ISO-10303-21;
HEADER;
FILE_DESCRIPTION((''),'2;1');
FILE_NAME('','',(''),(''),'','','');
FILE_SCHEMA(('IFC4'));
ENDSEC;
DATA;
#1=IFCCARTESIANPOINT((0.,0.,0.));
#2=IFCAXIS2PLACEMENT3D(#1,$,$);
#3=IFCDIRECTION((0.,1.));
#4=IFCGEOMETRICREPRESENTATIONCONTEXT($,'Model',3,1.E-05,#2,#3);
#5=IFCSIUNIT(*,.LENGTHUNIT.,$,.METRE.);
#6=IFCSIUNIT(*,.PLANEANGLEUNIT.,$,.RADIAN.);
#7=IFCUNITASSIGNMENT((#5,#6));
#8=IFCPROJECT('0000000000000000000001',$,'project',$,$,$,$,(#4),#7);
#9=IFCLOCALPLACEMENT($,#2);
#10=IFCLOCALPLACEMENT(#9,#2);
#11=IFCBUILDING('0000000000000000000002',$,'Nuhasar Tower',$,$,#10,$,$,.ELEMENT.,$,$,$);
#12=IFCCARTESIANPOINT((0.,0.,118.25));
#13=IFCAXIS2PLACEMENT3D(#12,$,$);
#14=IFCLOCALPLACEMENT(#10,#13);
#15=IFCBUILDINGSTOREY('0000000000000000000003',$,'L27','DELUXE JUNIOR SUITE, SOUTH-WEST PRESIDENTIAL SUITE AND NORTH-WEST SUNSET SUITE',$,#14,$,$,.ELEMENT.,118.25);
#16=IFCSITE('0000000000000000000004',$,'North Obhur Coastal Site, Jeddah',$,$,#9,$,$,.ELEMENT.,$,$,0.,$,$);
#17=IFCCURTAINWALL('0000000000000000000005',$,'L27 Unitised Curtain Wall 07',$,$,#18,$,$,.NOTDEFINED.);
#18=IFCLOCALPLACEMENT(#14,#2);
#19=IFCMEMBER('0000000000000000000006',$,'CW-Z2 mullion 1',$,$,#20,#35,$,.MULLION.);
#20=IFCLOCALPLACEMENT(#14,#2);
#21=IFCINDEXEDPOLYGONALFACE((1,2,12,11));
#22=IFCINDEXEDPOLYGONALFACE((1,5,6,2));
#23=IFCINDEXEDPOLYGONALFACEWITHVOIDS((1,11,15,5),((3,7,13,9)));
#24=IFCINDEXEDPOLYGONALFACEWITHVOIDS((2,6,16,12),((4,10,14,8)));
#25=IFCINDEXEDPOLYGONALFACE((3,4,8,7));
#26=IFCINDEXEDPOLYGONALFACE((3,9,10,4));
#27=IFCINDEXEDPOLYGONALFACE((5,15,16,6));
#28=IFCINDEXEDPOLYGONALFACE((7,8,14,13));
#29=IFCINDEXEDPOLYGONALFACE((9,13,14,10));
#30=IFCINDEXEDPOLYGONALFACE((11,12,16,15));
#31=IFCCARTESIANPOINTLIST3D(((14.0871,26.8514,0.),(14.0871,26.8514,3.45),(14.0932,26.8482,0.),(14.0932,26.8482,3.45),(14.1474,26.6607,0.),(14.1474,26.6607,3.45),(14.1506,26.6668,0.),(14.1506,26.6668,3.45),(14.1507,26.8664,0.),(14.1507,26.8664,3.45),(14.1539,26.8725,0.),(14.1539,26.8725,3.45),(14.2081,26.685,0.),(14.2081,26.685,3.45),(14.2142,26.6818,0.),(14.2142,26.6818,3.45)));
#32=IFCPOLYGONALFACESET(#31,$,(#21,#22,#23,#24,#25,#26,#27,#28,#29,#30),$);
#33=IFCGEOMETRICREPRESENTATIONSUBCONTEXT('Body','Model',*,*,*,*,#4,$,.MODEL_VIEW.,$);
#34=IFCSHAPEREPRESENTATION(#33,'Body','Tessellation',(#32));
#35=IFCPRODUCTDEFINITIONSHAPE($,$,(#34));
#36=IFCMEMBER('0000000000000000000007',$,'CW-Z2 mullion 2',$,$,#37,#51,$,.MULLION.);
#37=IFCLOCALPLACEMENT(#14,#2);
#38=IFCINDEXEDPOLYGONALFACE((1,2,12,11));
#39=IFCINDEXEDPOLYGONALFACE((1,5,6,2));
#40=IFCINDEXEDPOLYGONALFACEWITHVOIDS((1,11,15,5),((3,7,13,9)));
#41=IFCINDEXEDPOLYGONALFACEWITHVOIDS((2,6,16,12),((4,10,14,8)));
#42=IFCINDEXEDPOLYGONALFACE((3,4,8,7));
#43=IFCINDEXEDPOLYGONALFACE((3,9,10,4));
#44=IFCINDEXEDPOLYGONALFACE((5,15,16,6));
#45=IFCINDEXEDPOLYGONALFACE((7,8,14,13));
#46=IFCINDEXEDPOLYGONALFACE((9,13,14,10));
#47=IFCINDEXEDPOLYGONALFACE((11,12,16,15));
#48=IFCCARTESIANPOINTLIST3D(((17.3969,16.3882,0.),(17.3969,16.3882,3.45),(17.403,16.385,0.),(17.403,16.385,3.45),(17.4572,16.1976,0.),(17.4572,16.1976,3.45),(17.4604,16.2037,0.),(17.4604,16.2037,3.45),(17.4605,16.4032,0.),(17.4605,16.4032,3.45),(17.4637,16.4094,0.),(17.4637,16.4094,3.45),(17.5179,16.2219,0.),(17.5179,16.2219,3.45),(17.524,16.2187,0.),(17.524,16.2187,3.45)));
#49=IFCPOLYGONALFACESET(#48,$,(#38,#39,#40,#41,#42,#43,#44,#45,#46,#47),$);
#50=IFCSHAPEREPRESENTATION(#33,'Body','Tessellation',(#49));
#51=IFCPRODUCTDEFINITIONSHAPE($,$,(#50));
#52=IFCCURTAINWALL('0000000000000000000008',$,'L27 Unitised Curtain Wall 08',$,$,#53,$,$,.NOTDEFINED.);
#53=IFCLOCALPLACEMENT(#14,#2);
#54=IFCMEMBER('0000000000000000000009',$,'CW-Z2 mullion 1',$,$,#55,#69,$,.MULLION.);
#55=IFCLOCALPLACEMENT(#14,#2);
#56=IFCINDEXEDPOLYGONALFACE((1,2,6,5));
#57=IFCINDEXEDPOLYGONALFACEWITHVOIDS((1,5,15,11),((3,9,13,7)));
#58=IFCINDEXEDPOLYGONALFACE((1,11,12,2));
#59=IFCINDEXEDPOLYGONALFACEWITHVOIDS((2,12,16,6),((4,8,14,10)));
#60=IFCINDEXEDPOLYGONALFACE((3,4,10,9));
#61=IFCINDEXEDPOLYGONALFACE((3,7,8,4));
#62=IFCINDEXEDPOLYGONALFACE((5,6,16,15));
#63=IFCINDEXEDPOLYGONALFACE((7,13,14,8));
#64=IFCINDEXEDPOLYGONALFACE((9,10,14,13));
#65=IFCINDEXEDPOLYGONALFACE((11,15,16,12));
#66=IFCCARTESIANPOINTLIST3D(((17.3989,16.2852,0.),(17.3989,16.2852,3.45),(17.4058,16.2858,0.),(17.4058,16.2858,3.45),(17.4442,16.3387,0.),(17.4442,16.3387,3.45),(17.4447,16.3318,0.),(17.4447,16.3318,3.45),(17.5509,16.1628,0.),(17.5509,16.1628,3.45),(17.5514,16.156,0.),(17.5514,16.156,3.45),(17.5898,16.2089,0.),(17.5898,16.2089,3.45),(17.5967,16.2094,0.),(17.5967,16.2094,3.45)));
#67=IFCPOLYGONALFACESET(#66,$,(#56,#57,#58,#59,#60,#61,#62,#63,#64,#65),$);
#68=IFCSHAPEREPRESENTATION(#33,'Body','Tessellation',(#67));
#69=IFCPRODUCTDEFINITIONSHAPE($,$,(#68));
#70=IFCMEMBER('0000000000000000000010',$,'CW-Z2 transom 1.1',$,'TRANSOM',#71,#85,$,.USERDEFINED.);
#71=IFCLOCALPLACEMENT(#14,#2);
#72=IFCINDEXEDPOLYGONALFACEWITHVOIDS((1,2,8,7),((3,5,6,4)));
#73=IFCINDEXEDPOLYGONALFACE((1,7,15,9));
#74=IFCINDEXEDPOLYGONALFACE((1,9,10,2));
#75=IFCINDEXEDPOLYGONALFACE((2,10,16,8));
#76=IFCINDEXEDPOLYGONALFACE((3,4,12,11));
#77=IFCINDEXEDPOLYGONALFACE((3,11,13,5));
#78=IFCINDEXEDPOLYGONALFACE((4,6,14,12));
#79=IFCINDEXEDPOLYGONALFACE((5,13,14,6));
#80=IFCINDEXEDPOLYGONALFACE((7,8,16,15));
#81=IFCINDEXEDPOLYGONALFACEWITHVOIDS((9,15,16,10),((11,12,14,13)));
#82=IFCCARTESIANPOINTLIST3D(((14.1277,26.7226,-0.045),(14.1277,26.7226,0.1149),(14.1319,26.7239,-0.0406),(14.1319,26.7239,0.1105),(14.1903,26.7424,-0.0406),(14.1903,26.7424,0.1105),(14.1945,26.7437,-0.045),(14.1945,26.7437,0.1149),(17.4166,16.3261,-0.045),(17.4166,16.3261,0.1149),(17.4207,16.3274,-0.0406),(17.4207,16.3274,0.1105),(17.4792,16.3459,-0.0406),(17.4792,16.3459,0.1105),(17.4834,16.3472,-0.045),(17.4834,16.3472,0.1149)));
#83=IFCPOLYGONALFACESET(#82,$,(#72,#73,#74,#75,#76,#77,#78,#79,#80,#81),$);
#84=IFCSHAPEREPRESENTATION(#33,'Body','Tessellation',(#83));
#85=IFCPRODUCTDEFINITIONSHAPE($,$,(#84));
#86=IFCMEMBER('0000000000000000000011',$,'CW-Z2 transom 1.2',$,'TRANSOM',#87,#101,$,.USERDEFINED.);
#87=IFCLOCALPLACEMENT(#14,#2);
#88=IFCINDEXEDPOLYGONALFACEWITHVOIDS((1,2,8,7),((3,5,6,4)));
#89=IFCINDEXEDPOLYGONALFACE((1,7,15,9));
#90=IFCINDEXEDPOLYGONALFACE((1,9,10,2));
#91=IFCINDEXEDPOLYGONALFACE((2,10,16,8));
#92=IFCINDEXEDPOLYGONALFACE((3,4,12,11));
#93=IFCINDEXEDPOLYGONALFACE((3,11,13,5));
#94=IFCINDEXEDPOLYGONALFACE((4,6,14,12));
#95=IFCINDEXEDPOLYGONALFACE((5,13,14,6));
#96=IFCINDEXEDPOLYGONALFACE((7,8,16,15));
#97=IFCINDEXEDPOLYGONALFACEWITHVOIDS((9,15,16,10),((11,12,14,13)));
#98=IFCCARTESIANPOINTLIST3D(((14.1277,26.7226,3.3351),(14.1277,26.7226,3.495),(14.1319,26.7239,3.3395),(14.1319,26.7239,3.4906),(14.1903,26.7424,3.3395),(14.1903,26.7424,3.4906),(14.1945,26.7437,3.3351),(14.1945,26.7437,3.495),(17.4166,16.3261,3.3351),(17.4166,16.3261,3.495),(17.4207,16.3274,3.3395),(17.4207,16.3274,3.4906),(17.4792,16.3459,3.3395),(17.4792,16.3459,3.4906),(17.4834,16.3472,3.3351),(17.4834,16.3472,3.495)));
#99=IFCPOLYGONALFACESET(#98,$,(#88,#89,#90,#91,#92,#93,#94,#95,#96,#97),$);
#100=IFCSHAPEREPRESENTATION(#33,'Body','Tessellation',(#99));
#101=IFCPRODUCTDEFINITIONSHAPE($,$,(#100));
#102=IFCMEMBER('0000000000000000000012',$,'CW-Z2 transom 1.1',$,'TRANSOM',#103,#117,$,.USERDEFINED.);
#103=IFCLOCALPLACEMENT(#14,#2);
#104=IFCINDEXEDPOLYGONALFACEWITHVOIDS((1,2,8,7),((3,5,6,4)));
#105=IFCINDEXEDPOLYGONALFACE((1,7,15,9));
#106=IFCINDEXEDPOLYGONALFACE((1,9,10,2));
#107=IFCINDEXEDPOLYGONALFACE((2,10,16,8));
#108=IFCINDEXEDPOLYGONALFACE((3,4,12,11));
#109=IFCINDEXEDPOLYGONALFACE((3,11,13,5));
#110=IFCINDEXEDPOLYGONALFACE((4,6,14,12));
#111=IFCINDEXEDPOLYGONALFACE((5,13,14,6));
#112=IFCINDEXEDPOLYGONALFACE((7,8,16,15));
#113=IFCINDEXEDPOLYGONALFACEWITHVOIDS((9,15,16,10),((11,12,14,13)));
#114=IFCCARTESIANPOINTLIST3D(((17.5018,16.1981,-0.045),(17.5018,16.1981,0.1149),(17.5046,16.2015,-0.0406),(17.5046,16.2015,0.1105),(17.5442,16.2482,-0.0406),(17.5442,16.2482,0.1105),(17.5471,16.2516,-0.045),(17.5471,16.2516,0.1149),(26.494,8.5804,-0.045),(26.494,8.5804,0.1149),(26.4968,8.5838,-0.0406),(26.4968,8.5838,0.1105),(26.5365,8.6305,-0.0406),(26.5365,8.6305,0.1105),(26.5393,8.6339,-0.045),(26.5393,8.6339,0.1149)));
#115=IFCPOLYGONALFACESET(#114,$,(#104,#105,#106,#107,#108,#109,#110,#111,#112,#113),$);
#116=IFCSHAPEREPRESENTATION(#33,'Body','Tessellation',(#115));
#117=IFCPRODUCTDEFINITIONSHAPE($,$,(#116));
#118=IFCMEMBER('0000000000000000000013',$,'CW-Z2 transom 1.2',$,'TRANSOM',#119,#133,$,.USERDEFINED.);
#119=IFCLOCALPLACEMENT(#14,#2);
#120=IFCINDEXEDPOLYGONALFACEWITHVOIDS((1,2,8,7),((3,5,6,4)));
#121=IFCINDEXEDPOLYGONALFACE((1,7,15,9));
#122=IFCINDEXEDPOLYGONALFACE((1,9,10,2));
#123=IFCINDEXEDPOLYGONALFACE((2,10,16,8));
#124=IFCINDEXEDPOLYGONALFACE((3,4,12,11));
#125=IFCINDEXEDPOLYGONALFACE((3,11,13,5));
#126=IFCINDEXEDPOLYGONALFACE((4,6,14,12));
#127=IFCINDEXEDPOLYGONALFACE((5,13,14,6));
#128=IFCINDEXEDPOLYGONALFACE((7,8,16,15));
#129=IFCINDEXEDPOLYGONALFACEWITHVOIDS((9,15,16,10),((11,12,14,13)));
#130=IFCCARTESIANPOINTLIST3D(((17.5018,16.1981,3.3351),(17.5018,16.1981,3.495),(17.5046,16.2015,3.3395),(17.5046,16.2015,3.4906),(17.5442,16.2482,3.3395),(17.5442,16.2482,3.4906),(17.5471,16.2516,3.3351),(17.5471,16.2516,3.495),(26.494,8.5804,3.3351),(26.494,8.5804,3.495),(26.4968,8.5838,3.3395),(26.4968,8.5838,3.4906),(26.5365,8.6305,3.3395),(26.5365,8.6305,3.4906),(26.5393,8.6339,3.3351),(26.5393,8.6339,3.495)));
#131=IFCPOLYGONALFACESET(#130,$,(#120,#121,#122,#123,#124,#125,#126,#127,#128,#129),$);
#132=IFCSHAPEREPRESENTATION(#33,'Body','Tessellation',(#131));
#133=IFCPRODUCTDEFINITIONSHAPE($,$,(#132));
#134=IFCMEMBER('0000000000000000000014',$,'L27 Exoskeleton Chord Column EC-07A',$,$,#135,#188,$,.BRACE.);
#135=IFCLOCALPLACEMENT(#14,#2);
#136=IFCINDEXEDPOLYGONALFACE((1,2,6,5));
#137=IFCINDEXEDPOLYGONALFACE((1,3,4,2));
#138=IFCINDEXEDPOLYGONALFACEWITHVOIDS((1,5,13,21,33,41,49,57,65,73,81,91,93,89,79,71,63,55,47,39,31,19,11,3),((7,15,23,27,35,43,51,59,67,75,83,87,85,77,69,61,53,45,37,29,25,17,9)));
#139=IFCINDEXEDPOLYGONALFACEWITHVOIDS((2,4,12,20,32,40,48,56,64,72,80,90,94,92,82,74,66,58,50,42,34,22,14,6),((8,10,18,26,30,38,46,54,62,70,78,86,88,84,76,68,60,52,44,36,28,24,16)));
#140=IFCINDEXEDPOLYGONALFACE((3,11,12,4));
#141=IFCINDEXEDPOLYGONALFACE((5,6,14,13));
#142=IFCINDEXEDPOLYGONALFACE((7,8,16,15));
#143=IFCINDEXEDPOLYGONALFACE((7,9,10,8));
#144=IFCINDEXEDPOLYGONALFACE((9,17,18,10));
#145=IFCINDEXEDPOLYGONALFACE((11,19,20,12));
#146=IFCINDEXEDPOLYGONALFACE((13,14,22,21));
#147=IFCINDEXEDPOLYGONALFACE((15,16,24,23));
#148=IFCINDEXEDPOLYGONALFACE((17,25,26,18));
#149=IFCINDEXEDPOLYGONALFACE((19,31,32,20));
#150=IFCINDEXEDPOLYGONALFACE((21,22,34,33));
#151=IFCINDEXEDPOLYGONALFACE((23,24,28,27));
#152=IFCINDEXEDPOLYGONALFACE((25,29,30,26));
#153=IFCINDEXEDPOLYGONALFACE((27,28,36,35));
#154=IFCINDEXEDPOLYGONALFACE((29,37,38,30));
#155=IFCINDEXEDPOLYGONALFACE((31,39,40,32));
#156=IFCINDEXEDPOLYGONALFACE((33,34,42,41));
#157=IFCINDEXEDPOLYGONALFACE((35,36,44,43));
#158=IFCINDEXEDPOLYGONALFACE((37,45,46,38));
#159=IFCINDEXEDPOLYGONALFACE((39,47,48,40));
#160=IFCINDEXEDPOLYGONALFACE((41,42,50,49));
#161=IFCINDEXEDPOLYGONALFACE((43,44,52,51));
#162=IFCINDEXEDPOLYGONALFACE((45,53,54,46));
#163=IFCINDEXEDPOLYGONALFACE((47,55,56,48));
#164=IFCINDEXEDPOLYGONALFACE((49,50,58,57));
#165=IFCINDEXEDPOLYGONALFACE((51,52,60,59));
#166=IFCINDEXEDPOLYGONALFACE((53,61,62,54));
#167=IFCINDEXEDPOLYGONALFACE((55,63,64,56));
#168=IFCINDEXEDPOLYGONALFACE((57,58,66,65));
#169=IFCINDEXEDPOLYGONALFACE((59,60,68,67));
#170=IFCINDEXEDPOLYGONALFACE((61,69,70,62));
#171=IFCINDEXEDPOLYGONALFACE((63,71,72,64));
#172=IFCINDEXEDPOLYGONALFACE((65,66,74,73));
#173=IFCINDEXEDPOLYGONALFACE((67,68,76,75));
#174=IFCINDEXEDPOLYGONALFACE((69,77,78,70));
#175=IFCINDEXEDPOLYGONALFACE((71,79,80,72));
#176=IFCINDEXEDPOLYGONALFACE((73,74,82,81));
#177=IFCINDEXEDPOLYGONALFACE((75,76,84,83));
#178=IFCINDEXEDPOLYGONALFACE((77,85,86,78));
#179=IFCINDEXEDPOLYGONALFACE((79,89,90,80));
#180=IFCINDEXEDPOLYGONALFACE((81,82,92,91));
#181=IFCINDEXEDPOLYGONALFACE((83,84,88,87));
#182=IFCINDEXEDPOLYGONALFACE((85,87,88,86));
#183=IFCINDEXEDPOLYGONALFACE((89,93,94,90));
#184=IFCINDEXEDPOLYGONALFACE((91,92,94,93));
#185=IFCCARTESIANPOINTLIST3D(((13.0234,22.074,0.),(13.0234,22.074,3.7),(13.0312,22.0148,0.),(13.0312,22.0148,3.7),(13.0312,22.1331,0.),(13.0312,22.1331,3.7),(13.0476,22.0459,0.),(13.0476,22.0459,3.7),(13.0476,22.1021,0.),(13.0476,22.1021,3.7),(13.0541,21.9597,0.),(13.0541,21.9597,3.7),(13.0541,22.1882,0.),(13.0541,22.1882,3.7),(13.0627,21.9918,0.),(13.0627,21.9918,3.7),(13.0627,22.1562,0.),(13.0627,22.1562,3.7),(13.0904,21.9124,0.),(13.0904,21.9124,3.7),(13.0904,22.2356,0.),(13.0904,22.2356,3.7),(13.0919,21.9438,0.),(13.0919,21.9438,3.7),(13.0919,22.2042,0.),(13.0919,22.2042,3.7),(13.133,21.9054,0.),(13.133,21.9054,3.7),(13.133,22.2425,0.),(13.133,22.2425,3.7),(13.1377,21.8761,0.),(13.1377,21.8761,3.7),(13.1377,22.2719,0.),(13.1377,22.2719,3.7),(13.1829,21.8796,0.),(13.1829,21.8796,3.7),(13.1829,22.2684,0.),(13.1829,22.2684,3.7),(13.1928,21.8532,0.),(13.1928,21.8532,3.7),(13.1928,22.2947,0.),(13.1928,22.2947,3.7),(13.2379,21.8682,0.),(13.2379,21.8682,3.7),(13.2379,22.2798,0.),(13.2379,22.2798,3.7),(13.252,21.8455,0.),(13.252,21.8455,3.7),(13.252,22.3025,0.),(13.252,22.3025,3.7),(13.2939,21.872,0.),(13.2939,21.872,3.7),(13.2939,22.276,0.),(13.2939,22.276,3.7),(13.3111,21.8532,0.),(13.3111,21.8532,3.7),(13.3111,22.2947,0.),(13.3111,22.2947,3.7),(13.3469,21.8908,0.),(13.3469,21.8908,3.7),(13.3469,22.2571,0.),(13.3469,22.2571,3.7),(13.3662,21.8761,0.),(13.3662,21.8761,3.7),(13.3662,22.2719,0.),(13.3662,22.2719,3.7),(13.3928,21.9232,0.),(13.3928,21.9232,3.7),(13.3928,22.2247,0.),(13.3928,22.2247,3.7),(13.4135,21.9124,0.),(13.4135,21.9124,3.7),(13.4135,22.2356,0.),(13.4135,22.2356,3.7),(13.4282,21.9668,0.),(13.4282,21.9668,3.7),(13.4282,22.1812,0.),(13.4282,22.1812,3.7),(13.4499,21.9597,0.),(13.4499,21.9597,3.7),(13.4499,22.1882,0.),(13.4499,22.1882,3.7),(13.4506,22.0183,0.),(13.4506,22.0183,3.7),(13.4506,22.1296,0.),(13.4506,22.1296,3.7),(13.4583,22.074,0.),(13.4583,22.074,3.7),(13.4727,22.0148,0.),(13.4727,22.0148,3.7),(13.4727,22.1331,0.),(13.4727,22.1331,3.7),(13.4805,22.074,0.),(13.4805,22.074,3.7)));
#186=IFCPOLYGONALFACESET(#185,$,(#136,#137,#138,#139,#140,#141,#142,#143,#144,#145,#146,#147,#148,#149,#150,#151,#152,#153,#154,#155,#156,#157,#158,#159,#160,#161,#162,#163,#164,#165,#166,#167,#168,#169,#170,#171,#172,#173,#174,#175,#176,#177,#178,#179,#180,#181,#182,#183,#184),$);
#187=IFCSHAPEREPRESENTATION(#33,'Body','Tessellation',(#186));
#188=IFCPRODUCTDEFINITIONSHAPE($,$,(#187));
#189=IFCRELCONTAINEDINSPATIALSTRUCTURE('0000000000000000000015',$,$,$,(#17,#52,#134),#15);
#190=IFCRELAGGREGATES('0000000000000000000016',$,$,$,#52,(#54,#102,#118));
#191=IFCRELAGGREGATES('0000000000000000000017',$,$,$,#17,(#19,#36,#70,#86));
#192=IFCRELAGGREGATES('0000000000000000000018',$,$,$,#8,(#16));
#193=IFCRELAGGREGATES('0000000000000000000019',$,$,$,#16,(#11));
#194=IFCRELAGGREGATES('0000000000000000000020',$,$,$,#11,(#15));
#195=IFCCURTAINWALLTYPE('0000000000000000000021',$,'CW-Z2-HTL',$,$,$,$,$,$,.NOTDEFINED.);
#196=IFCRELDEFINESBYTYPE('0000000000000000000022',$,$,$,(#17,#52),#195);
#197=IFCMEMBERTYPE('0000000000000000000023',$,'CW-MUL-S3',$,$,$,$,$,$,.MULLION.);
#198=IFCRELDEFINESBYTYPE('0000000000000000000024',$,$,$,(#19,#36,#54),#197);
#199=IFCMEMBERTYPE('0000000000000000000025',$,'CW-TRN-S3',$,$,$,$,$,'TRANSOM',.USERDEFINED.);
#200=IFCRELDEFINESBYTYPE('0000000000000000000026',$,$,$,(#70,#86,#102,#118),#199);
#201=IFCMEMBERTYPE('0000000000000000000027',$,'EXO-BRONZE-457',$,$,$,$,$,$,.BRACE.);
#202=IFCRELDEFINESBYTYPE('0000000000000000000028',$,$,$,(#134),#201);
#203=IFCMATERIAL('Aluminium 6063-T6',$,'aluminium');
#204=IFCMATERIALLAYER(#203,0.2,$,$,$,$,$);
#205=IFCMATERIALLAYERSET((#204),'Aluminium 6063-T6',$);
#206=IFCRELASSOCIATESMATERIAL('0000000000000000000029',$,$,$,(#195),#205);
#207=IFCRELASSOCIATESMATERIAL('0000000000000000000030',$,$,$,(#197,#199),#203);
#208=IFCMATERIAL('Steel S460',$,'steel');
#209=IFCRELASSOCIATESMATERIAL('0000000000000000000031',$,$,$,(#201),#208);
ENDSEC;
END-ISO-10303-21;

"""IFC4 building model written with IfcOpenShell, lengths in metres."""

from ifc_helpers import new_model, si_unit, direction, frame, origin, origin_2d, place, context, subcontext, project, spatial, hollow_rectangle, hollow_circle, extrude, material, layer, layer_set, material_profile, profile_set, type_object, element, aggregate, save


model = new_model("IFC4")

# Units and contexts
model_context = context("Model", 3, precision=1e-05, world=origin(), true_north=direction((0.0, 1.0)))
body_context = subcontext(model_context, "Body", "Model", "MODEL_VIEW")
ifc_project = project(units=[si_unit("LENGTHUNIT", "METRE"), si_unit("PLANEANGLEUNIT", "RADIAN")], contexts=[model_context])

# Site, building, storey
site_placement = place(None, origin())
site = spatial("IfcSite", under=ifc_project, at=site_placement, Name="North Obhur Coastal Site, Jeddah", CompositionType="ELEMENT", RefElevation=0.0)
building_placement = place(site_placement, origin())
building = spatial("IfcBuilding", under=site, at=building_placement, Name="Nuhasar Tower", CompositionType="ELEMENT")
storey_placement = place(building_placement, frame((0.0, 0.0, 118.25)))
storey = spatial("IfcBuildingStorey", under=building, at=storey_placement, Name="L27", Description="DELUXE JUNIOR SUITE, SOUTH-WEST PRESIDENTIAL SUITE AND NORTH-WEST SUNSET SUITE", CompositionType="ELEMENT", Elevation=118.25)

# Curtain wall, members
ifc_material_1 = material(Name="Aluminium 6063-T6", Category="aluminium")
ifc_layer_1 = layer(ifc_material_1, 0.2)
ifc_layer_set_1 = layer_set([ifc_layer_1], Name="Aluminium 6063-T6")
curtain_wall_type = type_object("IfcCurtainWallType", Name="CW-Z2-HTL", PredefinedType="NOTDEFINED", material=ifc_layer_set_1)
curtain_wall_1_placement = place(storey_placement, origin())
curtain_wall_1 = element("IfcCurtainWall", 1, at=curtain_wall_1_placement, inside=storey, type_object=curtain_wall_type, Name="L27 Unitised Curtain Wall 07", PredefinedType="NOTDEFINED")
ifc_material_profile_1 = material_profile(ifc_material_1, hollow_rectangle(XDim=0.0701, YDim=0.2, WallThickness=0.0049, at=origin_2d()), Name="CWM-3")
ifc_profile_set_1 = profile_set([ifc_material_profile_1], Name="Aluminium 6063-T6")
member_type_1 = type_object("IfcMemberType", Name="CW-MUL-S3", PredefinedType="MULLION", material=ifc_profile_set_1)
member_1_placement = place(storey_placement, frame((14.1506, 26.7666, 0.0), z_axis=(0.0, 0.0, 1.0), x_axis=(0.953433, 0.301604, 0.0)))
member_1 = element("IfcMember", 2, at=member_1_placement, type_object=member_type_1, Name="CW-Z2 mullion 1", PredefinedType="MULLION", context=body_context, shape_type="SweptSolid", body=[
    extrude(hollow_rectangle(XDim=0.0701, YDim=0.2, WallThickness=0.0049, at=origin_2d()), origin(), (0.0, 0.0, 1.0), 3.45),
])
member_2_placement = place(storey_placement, frame((17.4604, 16.3035, 0.0), z_axis=(0.0, 0.0, 1.0), x_axis=(0.953433, 0.301604, 0.0)))
member_2 = element("IfcMember", 3, at=member_2_placement, type_object=member_type_1, Name="CW-Z2 mullion 2", PredefinedType="MULLION", context=body_context, shape_type="SweptSolid", body=[
    extrude(hollow_rectangle(XDim=0.0701, YDim=0.2, WallThickness=0.0049, at=origin_2d()), origin(), (0.0, 0.0, 1.0), 3.45),
])

# Curtain wall, member
curtain_wall_2_placement = place(storey_placement, origin())
curtain_wall_2 = element("IfcCurtainWall", 4, at=curtain_wall_2_placement, inside=storey, type_object=curtain_wall_type, Name="L27 Unitised Curtain Wall 08", PredefinedType="NOTDEFINED")
member_3_placement = place(storey_placement, frame((17.4978, 16.2473, 0.0), z_axis=(0.0, 0.0, 1.0), x_axis=(0.646374, 0.76302, 0.0)))
member_3 = element("IfcMember", 5, at=member_3_placement, type_object=member_type_1, Name="CW-Z2 mullion 1", PredefinedType="MULLION", context=body_context, shape_type="SweptSolid", body=[
    extrude(hollow_rectangle(XDim=0.0701, YDim=0.2, WallThickness=0.0049, at=origin_2d()), origin(), (0.0, 0.0, 1.0), 3.45),
])

# Members
ifc_material_profile_2 = material_profile(ifc_material_1, hollow_rectangle(XDim=0.0701, YDim=0.1599, WallThickness=0.0044, at=origin_2d()), Name="CWT-3")
ifc_profile_set_2 = profile_set([ifc_material_profile_2], Name="Aluminium 6063-T6")
member_type_2 = type_object("IfcMemberType", Name="CW-TRN-S3", ElementType="TRANSOM", PredefinedType="USERDEFINED", material=ifc_profile_set_2)
member_4_placement = place(storey_placement, frame((14.1611, 26.7332, 0.0349), z_axis=(0.301608, -0.953432, 0.0), x_axis=(0.953432, 0.301608, 0.0)))
member_4 = element("IfcMember", 6, at=member_4_placement, type_object=member_type_2, Name="CW-Z2 transom 1.1", ObjectType="TRANSOM", PredefinedType="USERDEFINED", context=body_context, shape_type="SweptSolid", body=[
    extrude(hollow_rectangle(XDim=0.0701, YDim=0.1599, WallThickness=0.0044, at=origin_2d()), origin(), (0.0, 0.0, 1.0), 10.9043),
])
member_5_placement = place(storey_placement, frame((14.1611, 26.7332, 3.415), z_axis=(0.301608, -0.953432, 0.0), x_axis=(0.953432, 0.301608, 0.0)))
member_5 = element("IfcMember", 7, at=member_5_placement, type_object=member_type_2, Name="CW-Z2 transom 1.2", ObjectType="TRANSOM", PredefinedType="USERDEFINED", context=body_context, shape_type="SweptSolid", body=[
    extrude(hollow_rectangle(XDim=0.0701, YDim=0.1599, WallThickness=0.0044, at=origin_2d()), origin(), (0.0, 0.0, 1.0), 10.9043),
])
member_6_placement = place(storey_placement, frame((17.5244, 16.2249, 0.0349), z_axis=(0.763014, -0.646382, 0.0), x_axis=(0.646382, 0.763014, 0.0)))
member_6 = element("IfcMember", 8, at=member_6_placement, type_object=member_type_2, Name="CW-Z2 transom 1.1", ObjectType="TRANSOM", PredefinedType="USERDEFINED", context=body_context, shape_type="SweptSolid", body=[
    extrude(hollow_rectangle(XDim=0.0701, YDim=0.1599, WallThickness=0.0044, at=origin_2d()), origin(), (0.0, 0.0, 1.0), 11.7852),
])
member_7_placement = place(storey_placement, frame((17.5244, 16.2249, 3.415), z_axis=(0.763014, -0.646382, 0.0), x_axis=(0.646382, 0.763014, 0.0)))
member_7 = element("IfcMember", 9, at=member_7_placement, type_object=member_type_2, Name="CW-Z2 transom 1.2", ObjectType="TRANSOM", PredefinedType="USERDEFINED", context=body_context, shape_type="SweptSolid", body=[
    extrude(hollow_rectangle(XDim=0.0701, YDim=0.1599, WallThickness=0.0044, at=origin_2d()), origin(), (0.0, 0.0, 1.0), 11.7852),
])
aggregate(curtain_wall_2, [member_3, member_6, member_7])

# Member
ifc_material_2 = material(Name="Steel S460", Category="steel")
ifc_material_profile_3 = material_profile(ifc_material_2, hollow_circle(Radius=0.2285, WallThickness=0.0222, at=origin_2d()), Name="HSS457X22.2")
ifc_profile_set_3 = profile_set([ifc_material_profile_3], Name="Steel S460")
member_type_3 = type_object("IfcMemberType", Name="EXO-BRONZE-457", PredefinedType="BRACE", material=ifc_profile_set_3)
for number, where, z_axis, x_axis, name in (
    (10, (13.252, 22.074, 0.0), (0.0, 0.0, 1.0), (1.0, 0.0, 0.0), "L27 Exoskeleton Chord Column EC-07A"),
):
    element("IfcMember", number, at=place(storey_placement, frame(where, z_axis=z_axis, x_axis=x_axis)), inside=storey, type_object=member_type_3, Name=name, PredefinedType="BRACE", context=body_context, shape_type="SweptSolid", body=[
        extrude(hollow_circle(Radius=0.2285, WallThickness=0.0222, at=origin_2d()), origin(), (0.0, 0.0, 1.0), 3.7),
    ])

aggregate(curtain_wall_1, [member_1, member_2, member_4, member_5])

save(model, "model.ifc")
